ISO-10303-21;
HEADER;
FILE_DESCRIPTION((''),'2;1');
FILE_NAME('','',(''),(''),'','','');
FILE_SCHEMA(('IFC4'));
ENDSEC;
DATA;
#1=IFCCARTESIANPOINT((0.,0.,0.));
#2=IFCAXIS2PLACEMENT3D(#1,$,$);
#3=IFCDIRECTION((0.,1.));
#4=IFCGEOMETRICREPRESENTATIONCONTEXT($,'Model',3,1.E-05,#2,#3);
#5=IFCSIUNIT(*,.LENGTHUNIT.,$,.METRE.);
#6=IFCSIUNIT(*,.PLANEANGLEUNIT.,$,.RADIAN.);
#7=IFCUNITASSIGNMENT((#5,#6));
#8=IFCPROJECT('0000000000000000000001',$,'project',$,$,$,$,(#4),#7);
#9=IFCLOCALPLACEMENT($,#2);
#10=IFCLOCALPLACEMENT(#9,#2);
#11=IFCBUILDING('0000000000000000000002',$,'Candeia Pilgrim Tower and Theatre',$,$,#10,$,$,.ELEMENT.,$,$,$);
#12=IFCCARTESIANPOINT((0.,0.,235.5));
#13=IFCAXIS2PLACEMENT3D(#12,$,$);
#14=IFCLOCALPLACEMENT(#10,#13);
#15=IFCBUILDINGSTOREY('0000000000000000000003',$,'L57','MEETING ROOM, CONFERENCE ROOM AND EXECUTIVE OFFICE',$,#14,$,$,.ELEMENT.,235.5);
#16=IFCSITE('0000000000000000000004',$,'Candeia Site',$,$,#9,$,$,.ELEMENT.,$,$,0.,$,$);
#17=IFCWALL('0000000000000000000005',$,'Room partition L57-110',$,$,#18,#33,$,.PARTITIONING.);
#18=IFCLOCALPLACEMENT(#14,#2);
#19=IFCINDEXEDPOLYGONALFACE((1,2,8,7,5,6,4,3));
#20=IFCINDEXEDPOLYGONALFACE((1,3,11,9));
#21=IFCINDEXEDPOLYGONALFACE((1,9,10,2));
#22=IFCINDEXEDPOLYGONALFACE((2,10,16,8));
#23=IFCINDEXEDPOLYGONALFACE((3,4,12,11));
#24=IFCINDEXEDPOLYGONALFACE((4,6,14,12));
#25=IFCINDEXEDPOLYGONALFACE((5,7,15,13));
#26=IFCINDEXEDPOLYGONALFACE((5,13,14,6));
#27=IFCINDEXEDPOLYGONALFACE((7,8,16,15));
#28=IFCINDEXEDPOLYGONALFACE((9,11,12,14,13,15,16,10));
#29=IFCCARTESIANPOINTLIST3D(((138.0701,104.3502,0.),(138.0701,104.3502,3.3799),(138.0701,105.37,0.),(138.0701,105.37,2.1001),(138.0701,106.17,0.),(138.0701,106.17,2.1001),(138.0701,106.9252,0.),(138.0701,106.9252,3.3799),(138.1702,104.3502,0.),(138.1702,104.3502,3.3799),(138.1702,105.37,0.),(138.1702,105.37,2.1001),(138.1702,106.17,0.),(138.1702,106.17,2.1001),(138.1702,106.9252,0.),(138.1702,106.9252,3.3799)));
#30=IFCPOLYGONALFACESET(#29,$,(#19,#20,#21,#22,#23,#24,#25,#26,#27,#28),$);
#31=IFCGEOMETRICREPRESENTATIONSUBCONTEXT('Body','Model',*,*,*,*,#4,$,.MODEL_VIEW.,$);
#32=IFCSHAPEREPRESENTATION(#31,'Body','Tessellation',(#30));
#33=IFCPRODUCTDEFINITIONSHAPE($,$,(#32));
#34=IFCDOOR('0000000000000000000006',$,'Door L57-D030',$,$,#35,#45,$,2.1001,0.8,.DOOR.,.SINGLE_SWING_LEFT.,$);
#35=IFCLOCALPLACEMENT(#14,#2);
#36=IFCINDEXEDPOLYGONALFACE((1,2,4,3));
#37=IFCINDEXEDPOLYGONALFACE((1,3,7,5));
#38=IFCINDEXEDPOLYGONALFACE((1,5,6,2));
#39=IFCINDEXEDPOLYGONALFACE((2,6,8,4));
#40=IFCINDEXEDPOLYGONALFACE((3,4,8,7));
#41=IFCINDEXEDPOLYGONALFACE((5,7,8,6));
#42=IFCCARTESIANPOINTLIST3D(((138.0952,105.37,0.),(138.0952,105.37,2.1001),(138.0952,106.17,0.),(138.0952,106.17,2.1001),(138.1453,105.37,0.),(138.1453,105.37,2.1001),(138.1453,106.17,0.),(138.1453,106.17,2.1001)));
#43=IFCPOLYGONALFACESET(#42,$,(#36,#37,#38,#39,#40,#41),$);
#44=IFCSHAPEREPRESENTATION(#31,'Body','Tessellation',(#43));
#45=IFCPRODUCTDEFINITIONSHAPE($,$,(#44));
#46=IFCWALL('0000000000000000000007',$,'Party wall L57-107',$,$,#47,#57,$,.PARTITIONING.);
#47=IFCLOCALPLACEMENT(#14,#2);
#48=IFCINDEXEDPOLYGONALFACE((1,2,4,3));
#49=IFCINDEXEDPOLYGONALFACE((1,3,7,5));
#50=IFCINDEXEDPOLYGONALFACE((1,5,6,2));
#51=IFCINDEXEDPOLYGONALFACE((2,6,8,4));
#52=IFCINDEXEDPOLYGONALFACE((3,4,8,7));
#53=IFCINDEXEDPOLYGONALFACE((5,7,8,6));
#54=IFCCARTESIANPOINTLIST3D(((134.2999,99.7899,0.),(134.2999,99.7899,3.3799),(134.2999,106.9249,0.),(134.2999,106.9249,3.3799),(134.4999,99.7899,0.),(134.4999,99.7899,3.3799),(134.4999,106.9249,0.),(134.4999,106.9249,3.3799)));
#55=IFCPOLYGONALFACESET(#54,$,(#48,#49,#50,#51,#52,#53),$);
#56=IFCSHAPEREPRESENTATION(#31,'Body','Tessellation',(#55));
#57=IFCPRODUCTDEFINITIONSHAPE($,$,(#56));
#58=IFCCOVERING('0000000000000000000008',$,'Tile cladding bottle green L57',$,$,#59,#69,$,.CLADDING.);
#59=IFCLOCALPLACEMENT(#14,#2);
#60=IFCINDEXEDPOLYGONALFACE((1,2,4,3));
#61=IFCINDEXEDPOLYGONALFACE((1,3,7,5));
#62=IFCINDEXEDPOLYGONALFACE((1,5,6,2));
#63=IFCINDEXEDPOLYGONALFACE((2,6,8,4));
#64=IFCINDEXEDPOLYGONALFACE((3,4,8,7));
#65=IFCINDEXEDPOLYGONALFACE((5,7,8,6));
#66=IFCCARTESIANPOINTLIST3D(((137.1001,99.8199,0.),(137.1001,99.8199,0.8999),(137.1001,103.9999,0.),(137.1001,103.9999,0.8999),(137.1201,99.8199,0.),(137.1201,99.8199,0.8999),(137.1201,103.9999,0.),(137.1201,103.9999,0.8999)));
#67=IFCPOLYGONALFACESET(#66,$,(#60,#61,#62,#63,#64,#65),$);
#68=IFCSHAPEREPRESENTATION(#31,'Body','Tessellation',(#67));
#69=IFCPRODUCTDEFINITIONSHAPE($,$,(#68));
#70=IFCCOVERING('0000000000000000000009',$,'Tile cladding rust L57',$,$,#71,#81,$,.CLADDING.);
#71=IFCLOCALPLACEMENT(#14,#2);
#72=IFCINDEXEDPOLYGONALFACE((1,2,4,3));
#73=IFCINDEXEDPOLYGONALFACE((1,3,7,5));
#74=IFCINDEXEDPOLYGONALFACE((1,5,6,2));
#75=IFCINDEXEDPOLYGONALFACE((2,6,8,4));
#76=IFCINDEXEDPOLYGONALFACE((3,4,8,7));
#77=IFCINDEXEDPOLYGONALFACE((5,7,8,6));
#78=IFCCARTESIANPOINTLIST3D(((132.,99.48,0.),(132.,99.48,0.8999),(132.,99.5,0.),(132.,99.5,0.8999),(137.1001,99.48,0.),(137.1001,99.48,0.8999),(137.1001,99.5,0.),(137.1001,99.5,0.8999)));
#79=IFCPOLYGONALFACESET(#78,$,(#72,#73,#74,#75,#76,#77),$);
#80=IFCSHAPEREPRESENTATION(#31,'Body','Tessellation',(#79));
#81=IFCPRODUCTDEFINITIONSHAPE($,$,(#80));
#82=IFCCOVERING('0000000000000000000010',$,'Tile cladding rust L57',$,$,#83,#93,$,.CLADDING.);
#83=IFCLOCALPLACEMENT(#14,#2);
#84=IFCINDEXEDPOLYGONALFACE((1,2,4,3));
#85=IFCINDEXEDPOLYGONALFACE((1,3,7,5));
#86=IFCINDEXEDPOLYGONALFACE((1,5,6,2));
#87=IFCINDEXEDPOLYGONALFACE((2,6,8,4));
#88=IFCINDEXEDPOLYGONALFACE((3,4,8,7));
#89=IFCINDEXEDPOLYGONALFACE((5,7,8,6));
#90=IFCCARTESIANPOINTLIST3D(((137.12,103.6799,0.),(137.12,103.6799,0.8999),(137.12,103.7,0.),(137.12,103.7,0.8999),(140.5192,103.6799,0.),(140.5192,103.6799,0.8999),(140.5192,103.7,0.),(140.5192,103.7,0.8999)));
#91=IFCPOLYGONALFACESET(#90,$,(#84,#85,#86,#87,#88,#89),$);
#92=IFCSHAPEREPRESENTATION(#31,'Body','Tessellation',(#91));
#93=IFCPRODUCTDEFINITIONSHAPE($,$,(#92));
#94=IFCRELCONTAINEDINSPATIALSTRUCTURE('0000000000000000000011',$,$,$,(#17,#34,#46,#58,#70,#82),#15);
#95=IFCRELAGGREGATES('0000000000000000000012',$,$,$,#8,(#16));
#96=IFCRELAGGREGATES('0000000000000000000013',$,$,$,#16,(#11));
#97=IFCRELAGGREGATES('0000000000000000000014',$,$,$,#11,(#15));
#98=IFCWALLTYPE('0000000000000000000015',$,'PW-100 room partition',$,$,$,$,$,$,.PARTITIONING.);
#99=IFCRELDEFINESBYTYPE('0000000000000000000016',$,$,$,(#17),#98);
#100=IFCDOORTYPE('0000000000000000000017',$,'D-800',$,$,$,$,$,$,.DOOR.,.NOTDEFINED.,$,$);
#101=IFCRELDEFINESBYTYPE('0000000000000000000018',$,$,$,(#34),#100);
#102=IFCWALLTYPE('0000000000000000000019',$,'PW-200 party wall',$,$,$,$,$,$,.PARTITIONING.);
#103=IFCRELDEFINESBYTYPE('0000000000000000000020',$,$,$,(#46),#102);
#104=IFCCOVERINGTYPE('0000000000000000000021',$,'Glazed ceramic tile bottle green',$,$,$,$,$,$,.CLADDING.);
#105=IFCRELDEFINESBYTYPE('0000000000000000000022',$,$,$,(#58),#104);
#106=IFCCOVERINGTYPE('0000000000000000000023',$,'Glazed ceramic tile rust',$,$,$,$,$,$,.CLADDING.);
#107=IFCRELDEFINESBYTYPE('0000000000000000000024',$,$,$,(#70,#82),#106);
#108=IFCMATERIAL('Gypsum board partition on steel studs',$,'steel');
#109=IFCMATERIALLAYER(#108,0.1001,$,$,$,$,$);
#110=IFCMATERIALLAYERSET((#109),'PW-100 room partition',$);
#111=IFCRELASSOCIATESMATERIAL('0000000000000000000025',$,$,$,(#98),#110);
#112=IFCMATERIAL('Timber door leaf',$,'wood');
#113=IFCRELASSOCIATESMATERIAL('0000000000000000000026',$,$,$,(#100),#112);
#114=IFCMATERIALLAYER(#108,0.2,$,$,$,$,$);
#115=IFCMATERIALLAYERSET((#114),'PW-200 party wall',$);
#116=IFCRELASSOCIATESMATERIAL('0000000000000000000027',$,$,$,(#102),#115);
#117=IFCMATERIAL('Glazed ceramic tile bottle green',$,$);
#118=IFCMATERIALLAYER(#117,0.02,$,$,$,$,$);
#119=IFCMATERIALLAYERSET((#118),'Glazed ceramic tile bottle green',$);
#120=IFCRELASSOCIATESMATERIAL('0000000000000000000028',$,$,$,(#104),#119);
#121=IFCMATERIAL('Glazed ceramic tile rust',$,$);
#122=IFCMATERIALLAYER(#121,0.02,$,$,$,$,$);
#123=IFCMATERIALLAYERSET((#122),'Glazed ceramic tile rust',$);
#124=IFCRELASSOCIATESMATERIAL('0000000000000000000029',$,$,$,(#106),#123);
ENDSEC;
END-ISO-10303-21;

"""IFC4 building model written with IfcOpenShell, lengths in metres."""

from ifc_helpers import new_model, si_unit, direction, frame, frame_2d, origin, origin_2d, place, context, subcontext, project, spatial, rectangle, extrude, material, layer, layer_set, type_object, element, fill, save


model = new_model("IFC4")

# Units and contexts
model_context = context("Model", 3, precision=1e-05, world=origin(), true_north=direction((0.0, 1.0)))
body_context = subcontext(model_context, "Body", "Model", "MODEL_VIEW")
ifc_project = project(units=[si_unit("LENGTHUNIT", "METRE"), si_unit("PLANEANGLEUNIT", "RADIAN")], contexts=[model_context])

# Site, building, storey
site_placement = place(None, origin())
site = spatial("IfcSite", under=ifc_project, at=site_placement, Name="Candeia Site", CompositionType="ELEMENT", RefElevation=0.0)
building_placement = place(site_placement, origin())
building = spatial("IfcBuilding", under=site, at=building_placement, Name="Candeia Pilgrim Tower and Theatre", CompositionType="ELEMENT")
storey_placement = place(building_placement, frame((0.0, 0.0, 235.5)))
storey = spatial("IfcBuildingStorey", under=building, at=storey_placement, Name="L57", Description="MEETING ROOM, CONFERENCE ROOM AND EXECUTIVE OFFICE", CompositionType="ELEMENT", Elevation=235.5)

# Shared definitions
ifc_material_1 = material(Name="Gypsum board partition on steel studs", Category="steel")
ifc_layer_1 = layer(ifc_material_1, 0.1001)
ifc_layer_set_1 = layer_set([ifc_layer_1], Name="PW-100 room partition")
wall_type_1 = type_object("IfcWallType", Name="PW-100 room partition", PredefinedType="PARTITIONING", material=ifc_layer_set_1)

# Wall, opening, door
wall_1_placement = place(storey_placement, frame((138.1201, 104.3501, 0.0), z_axis=(0.0, 0.0, 1.0), x_axis=(0.0, 1.0, 0.0)))
wall_1 = element("IfcWall", 1, at=wall_1_placement, inside=storey, type_object=wall_type_1, Name="Room partition L57-110", PredefinedType="PARTITIONING", context=body_context, shape_type="SweptSolid", body=[
    extrude(rectangle(XDim=2.575, YDim=0.1001, at=frame_2d((1.2876, 0.0))), origin(), (0.0, 0.0, 1.0), 3.3799),
])
opening_1_placement = place(wall_1_placement, frame((1.02, 0.0, 0.0)))
opening_1 = element("IfcOpeningElement", 2, at=opening_1_placement, cuts=wall_1, PredefinedType="OPENING", context=body_context, shape_type="SweptSolid", body=[
    extrude(rectangle(XDim=0.8, YDim=2.1001, at=frame_2d((0.3999, 1.05))), frame((0.0, 0.0601, 0.0), z_axis=(0.0, -1.0, 0.0), x_axis=(1.0, 0.0, 0.0)), (0.0, 0.0, 1.0), 0.1201),
])
ifc_material_2 = material(Name="Timber door leaf", Category="wood")
door_type_1 = type_object("IfcDoorType", Name="D-800", OperationType="NOTDEFINED", PredefinedType="DOOR", material=ifc_material_2)
door_1_placement = place(opening_1_placement, origin())
door_1 = element("IfcDoor", 3, at=door_1_placement, inside=storey, type_object=door_type_1, Name="Door L57-D030", OperationType="SINGLE_SWING_LEFT", OverallHeight=2.1001, OverallWidth=0.8, PredefinedType="DOOR", context=body_context, shape_type="SweptSolid", body=[
    extrude(rectangle(XDim=0.8, YDim=2.1001, at=frame_2d((0.3999, 1.05))), frame((0.0, 0.0249, 0.0), z_axis=(0.0, -1.0, 0.0), x_axis=(1.0, 0.0, 0.0)), (0.0, 0.0, 1.0), 0.05),
])
fill(opening_1, door_1)

# Wall
ifc_layer_2 = layer(ifc_material_1, 0.2)
ifc_layer_set_2 = layer_set([ifc_layer_2], Name="PW-200 party wall")
wall_type_2 = type_object("IfcWallType", Name="PW-200 party wall", PredefinedType="PARTITIONING", material=ifc_layer_set_2)
wall_2_placement = place(storey_placement, frame((134.3999, 99.79, 0.0), z_axis=(0.0, 0.0, 1.0), x_axis=(0.0, 1.0, 0.0)))
element("IfcWall", 4, at=wall_2_placement, inside=storey, type_object=wall_type_2, Name="Party wall L57-107", PredefinedType="PARTITIONING", context=body_context, shape_type="SweptSolid", body=[
    extrude(rectangle(XDim=7.135, YDim=0.2, at=frame_2d((3.5674, 0.0))), origin(), (0.0, 0.0, 1.0), 3.3799),
])

# Coverings
ifc_material_3 = material(Name="Glazed ceramic tile bottle green")
ifc_layer_3 = layer(ifc_material_3, 0.02)
ifc_layer_set_3 = layer_set([ifc_layer_3], Name="Glazed ceramic tile bottle green")
covering_type_1 = type_object("IfcCoveringType", Name="Glazed ceramic tile bottle green", PredefinedType="CLADDING", material=ifc_layer_set_3)
covering_1_placement = place(storey_placement, frame((137.1101, 101.9099, 0.0), z_axis=(0.0, 0.0, 1.0), x_axis=(0.0, 1.0, 0.0)))
element("IfcCovering", 5, at=covering_1_placement, inside=storey, type_object=covering_type_1, Name="Tile cladding bottle green L57", PredefinedType="CLADDING", context=body_context, shape_type="SweptSolid", body=[
    extrude(rectangle(XDim=4.1799, YDim=0.02, at=origin_2d()), origin(), (0.0, 0.0, 1.0), 0.8999),
])
ifc_material_4 = material(Name="Glazed ceramic tile rust")
ifc_layer_4 = layer(ifc_material_4, 0.02)
ifc_layer_set_4 = layer_set([ifc_layer_4], Name="Glazed ceramic tile rust")
covering_type_2 = type_object("IfcCoveringType", Name="Glazed ceramic tile rust", PredefinedType="CLADDING", material=ifc_layer_set_4)
covering_2_placement = place(storey_placement, frame((134.55, 99.49, 0.0), z_axis=(0.0, 0.0, 1.0), x_axis=(1.0, 0.0, 0.0)))
element("IfcCovering", 6, at=covering_2_placement, inside=storey, type_object=covering_type_2, Name="Tile cladding rust L57", PredefinedType="CLADDING", context=body_context, shape_type="SweptSolid", body=[
    extrude(rectangle(XDim=5.1001, YDim=0.02, at=origin_2d()), origin(), (0.0, 0.0, 1.0), 0.8999),
])
covering_3_placement = place(storey_placement, frame((138.8196, 103.6899, 0.0), z_axis=(0.0, 0.0, 1.0), x_axis=(1.0, 0.0, 0.0)))
element("IfcCovering", 7, at=covering_3_placement, inside=storey, type_object=covering_type_2, Name="Tile cladding rust L57", PredefinedType="CLADDING", context=body_context, shape_type="SweptSolid", body=[
    extrude(rectangle(XDim=3.3992, YDim=0.02, at=origin_2d()), origin(), (0.0, 0.0, 1.0), 0.8999),
])

save(model, "model.ifc")
